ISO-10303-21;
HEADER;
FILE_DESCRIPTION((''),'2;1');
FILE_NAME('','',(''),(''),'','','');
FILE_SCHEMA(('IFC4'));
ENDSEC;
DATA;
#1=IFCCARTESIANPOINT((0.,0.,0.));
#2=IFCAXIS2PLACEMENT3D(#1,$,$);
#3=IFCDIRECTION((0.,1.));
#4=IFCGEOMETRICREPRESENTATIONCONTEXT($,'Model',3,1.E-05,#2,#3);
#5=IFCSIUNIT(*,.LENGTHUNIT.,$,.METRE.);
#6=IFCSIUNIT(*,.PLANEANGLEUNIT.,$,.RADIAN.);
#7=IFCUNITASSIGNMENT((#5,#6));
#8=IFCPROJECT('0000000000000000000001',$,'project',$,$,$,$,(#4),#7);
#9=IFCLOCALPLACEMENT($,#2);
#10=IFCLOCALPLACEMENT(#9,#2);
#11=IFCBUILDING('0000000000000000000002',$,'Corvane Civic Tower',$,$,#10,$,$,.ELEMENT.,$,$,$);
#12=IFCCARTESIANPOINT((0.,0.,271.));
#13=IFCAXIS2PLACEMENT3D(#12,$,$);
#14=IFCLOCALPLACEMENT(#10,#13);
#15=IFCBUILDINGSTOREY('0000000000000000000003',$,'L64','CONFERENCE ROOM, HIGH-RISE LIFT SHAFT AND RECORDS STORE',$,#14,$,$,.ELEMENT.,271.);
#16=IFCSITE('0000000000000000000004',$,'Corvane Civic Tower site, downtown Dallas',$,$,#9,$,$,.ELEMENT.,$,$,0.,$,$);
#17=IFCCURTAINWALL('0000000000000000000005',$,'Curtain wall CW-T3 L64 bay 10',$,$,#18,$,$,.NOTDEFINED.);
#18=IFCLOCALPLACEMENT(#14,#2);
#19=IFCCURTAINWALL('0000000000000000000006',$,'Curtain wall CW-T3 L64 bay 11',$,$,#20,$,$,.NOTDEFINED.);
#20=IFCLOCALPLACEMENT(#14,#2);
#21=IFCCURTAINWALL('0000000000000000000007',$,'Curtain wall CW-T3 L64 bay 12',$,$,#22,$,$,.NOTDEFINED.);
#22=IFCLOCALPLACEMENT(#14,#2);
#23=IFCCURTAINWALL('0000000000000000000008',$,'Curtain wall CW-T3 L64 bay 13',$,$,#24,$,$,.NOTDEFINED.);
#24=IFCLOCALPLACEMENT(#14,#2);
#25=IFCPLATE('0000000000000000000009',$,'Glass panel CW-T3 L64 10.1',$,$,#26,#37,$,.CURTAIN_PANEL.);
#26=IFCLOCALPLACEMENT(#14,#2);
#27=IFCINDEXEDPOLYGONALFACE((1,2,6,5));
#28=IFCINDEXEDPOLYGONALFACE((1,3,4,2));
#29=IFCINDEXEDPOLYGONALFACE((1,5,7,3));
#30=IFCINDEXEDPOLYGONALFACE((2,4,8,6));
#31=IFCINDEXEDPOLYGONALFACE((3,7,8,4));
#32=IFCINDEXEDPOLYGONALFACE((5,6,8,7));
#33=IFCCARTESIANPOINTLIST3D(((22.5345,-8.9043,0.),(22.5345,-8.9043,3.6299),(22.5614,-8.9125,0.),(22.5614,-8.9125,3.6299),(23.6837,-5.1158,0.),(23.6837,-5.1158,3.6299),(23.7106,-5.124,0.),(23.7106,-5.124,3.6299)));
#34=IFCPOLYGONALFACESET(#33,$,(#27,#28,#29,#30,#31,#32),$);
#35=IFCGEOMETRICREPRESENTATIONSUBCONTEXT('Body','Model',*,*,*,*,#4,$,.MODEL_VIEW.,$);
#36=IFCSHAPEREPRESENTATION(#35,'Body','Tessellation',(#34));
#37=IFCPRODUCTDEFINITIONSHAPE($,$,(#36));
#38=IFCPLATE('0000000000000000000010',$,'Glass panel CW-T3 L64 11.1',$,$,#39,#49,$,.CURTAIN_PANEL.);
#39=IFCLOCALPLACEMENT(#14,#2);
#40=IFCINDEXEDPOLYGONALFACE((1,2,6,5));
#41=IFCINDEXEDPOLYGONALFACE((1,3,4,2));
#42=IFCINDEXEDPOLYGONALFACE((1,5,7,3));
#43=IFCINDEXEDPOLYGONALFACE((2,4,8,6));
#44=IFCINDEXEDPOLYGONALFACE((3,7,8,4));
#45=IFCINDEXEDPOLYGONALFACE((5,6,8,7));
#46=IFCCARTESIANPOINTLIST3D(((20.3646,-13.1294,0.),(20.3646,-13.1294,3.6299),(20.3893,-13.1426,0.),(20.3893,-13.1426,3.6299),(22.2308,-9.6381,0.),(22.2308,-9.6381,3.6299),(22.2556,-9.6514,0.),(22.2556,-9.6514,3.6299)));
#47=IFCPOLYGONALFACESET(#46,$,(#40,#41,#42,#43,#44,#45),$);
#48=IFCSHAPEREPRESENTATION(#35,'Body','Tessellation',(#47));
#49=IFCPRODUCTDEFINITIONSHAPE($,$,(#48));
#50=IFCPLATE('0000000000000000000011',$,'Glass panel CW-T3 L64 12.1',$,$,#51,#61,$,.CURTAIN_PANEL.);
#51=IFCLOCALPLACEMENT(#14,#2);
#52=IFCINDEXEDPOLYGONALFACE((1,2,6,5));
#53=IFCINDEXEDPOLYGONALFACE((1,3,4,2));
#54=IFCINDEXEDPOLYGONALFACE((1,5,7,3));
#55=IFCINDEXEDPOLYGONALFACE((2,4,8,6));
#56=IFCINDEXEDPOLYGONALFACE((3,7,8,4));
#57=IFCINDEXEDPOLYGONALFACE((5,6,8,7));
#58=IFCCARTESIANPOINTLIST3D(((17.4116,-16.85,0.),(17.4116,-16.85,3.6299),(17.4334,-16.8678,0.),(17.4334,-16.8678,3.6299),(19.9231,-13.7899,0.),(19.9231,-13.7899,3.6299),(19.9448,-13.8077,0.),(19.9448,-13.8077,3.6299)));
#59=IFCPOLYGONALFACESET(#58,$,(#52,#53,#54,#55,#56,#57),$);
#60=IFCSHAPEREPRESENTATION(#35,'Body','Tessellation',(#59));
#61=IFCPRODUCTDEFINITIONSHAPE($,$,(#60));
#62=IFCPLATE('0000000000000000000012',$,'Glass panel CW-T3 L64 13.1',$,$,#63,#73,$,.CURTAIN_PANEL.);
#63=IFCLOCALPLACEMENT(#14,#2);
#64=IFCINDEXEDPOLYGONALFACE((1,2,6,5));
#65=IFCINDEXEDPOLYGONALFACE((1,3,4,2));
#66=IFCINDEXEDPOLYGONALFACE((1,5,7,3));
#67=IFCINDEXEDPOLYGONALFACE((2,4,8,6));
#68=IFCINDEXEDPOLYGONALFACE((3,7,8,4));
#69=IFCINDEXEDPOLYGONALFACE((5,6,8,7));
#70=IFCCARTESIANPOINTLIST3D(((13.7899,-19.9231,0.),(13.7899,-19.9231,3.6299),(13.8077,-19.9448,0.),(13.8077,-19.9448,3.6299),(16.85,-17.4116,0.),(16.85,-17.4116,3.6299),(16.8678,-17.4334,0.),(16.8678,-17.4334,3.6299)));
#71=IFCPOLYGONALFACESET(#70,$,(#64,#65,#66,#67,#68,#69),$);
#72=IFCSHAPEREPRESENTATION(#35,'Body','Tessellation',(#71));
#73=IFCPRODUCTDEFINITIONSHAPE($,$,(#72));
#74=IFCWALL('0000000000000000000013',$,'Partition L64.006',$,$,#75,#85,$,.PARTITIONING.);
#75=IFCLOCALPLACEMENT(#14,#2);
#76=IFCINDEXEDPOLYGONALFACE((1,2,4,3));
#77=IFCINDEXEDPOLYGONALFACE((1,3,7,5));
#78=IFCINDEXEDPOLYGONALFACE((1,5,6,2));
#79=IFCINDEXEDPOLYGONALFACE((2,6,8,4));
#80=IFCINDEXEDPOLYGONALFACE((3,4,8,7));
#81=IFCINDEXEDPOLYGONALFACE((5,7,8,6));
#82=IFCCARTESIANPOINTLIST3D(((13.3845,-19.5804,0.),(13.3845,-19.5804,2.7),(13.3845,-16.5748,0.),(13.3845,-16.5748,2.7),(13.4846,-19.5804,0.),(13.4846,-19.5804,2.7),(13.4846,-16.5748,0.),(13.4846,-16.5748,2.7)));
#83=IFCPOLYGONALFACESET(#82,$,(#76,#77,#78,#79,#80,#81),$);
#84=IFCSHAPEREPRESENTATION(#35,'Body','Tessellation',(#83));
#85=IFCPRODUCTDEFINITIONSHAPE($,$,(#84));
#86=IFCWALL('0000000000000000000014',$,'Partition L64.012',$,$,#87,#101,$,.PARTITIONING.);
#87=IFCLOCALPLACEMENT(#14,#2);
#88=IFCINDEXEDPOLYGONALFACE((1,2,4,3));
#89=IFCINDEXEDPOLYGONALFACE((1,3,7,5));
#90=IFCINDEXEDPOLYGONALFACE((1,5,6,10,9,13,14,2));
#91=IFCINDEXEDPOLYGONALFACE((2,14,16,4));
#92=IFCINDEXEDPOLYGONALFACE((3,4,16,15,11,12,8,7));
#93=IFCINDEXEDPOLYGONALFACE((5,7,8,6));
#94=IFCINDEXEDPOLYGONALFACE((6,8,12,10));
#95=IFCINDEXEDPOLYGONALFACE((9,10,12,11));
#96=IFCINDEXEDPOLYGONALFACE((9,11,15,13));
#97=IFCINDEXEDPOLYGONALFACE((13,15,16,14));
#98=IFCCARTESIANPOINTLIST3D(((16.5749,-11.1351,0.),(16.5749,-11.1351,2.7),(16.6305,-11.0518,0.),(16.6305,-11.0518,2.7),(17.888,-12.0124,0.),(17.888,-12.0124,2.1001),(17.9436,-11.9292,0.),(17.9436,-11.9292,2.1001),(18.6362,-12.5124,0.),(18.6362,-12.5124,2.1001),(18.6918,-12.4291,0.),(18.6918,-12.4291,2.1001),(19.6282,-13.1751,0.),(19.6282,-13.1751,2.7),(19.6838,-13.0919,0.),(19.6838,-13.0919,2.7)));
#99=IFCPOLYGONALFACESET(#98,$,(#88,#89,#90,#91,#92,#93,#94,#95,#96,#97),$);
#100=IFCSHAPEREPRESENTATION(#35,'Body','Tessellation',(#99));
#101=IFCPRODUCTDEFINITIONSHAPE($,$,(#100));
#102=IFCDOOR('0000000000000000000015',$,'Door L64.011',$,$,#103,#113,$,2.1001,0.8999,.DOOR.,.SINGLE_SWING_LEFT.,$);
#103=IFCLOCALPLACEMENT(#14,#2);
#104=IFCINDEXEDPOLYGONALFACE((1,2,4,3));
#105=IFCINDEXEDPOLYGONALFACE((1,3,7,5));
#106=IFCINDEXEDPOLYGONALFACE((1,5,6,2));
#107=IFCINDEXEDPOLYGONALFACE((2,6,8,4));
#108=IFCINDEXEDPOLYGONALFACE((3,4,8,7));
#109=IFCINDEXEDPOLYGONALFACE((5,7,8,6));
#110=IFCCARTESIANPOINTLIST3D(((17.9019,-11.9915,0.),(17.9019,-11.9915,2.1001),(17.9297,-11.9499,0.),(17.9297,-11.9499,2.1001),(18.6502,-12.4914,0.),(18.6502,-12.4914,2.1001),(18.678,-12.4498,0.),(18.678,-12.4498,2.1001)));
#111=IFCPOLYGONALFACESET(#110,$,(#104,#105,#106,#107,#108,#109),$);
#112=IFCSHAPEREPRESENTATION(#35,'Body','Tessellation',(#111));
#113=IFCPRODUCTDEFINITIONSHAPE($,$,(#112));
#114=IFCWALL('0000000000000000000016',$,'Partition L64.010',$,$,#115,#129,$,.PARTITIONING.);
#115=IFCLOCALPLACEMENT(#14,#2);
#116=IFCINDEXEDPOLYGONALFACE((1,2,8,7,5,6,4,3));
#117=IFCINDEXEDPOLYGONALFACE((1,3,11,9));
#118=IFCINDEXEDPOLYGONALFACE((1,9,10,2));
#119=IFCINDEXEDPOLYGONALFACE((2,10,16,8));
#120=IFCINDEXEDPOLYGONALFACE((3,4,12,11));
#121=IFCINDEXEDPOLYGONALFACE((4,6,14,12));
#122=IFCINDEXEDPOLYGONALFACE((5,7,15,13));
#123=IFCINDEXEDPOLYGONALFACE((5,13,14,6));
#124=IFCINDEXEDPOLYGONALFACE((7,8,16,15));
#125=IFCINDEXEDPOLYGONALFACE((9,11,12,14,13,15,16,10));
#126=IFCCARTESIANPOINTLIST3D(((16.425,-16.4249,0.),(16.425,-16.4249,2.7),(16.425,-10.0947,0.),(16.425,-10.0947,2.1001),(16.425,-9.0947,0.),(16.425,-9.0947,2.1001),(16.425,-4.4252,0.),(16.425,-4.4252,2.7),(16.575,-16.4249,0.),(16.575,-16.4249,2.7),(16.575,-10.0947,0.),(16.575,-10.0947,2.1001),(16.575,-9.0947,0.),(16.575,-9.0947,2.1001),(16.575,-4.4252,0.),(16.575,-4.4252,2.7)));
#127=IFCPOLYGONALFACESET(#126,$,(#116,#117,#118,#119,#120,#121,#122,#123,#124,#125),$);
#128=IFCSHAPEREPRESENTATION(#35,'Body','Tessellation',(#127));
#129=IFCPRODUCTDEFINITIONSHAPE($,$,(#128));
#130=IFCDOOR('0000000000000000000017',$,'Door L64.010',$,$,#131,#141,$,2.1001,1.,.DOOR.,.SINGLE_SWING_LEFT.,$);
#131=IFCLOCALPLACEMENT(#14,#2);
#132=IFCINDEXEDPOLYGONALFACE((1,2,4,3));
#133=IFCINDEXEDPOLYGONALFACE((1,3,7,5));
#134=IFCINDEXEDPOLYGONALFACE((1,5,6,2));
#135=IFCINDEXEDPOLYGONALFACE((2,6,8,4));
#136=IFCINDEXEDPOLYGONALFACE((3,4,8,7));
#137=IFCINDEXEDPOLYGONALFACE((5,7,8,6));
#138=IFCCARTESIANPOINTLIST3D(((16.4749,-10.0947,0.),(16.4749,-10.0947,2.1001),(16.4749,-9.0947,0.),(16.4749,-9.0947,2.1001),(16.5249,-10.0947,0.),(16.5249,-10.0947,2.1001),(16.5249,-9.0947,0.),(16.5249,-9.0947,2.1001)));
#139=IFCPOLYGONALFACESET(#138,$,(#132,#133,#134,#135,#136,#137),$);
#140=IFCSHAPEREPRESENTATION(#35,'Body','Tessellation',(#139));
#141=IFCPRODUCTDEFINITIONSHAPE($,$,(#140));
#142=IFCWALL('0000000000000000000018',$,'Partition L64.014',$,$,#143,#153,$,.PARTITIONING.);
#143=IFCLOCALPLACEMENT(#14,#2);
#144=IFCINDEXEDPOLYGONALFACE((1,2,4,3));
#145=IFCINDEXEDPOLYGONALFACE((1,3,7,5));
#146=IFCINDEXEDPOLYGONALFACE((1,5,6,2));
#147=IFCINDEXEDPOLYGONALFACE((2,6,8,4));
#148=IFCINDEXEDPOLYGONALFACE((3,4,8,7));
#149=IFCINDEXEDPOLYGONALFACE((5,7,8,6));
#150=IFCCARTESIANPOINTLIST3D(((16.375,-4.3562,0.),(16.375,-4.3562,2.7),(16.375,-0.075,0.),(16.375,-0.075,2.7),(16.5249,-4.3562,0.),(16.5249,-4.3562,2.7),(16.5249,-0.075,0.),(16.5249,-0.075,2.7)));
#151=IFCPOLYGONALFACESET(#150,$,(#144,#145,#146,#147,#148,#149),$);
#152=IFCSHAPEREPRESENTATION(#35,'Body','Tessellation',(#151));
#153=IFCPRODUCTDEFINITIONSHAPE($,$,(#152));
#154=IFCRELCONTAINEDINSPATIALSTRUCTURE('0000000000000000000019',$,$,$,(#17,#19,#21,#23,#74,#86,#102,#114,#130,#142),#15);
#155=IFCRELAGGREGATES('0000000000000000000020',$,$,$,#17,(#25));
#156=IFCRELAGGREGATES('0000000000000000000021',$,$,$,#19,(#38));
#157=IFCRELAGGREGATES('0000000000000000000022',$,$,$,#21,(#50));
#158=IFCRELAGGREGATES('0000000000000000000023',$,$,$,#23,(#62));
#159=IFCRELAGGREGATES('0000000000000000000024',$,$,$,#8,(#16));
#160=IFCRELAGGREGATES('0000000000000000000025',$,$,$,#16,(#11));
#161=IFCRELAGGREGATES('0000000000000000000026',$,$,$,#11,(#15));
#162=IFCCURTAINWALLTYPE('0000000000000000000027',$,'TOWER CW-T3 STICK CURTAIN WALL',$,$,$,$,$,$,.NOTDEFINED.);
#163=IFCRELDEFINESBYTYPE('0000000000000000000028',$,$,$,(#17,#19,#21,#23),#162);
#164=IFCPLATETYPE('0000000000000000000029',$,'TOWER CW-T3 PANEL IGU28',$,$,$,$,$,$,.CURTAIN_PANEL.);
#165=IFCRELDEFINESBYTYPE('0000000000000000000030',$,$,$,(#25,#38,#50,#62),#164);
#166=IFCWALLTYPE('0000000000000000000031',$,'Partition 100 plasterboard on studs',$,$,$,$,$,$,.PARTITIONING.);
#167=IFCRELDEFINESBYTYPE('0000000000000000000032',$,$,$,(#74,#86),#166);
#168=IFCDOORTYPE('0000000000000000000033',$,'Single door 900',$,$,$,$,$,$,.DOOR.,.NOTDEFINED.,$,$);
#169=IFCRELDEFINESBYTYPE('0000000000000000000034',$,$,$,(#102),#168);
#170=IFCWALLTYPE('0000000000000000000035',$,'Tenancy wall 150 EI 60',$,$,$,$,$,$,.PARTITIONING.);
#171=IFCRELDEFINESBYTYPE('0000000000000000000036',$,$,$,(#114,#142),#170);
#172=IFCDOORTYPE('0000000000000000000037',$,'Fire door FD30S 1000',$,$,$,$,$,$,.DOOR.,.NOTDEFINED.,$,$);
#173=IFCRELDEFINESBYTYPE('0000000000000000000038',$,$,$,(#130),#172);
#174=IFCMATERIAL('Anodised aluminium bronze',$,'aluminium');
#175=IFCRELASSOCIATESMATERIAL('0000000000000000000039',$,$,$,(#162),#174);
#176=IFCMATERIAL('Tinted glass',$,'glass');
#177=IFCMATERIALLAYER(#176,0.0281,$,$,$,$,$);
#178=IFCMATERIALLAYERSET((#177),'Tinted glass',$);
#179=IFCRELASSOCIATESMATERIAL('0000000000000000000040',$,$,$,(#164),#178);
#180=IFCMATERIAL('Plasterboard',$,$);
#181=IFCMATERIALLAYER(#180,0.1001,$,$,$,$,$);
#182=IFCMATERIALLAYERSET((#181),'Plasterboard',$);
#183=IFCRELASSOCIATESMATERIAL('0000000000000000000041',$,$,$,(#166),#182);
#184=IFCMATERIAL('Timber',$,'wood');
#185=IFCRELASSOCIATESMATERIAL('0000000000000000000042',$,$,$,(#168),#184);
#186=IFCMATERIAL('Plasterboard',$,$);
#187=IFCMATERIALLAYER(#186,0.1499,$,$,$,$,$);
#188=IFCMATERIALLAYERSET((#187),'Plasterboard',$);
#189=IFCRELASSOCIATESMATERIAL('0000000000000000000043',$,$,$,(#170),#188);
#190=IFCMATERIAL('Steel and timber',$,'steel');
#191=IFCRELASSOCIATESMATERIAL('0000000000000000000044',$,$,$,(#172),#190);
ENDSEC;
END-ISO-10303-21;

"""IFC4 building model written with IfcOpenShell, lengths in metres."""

from ifc_helpers import new_model, si_unit, direction, frame, frame_2d, origin, origin_2d, place, context, subcontext, project, spatial, rectangle, extrude, material, layer, layer_set, type_object, element, fill, aggregate, save


model = new_model("IFC4")

# Units and contexts
model_context = context("Model", 3, precision=1e-05, world=origin(), true_north=direction((0.0, 1.0)))
body_context = subcontext(model_context, "Body", "Model", "MODEL_VIEW")
ifc_project = project(units=[si_unit("LENGTHUNIT", "METRE"), si_unit("PLANEANGLEUNIT", "RADIAN")], contexts=[model_context])

# Site, building, storey
site_placement = place(None, origin())
site = spatial("IfcSite", under=ifc_project, at=site_placement, Name="Corvane Civic Tower site, downtown Dallas", CompositionType="ELEMENT", RefElevation=0.0)
building_placement = place(site_placement, origin())
building = spatial("IfcBuilding", under=site, at=building_placement, Name="Corvane Civic Tower", CompositionType="ELEMENT")
storey_placement = place(building_placement, frame((0.0, 0.0, 271.0)))
storey = spatial("IfcBuildingStorey", under=building, at=storey_placement, Name="L64", Description="CONFERENCE ROOM, HIGH-RISE LIFT SHAFT AND RECORDS STORE", CompositionType="ELEMENT", Elevation=271.0)

# Curtain walls
ifc_material_1 = material(Name="Anodised aluminium bronze", Category="aluminium")
curtain_wall_type = type_object("IfcCurtainWallType", Name="TOWER CW-T3 STICK CURTAIN WALL", PredefinedType="NOTDEFINED", material=ifc_material_1)
curtain_wall_1_placement = place(storey_placement, origin())
curtain_wall_1 = element("IfcCurtainWall", 1, at=curtain_wall_1_placement, inside=storey, type_object=curtain_wall_type, Name="Curtain wall CW-T3 L64 bay 10", PredefinedType="NOTDEFINED")
curtain_wall_2_placement = place(storey_placement, origin())
curtain_wall_2 = element("IfcCurtainWall", 2, at=curtain_wall_2_placement, inside=storey, type_object=curtain_wall_type, Name="Curtain wall CW-T3 L64 bay 11", PredefinedType="NOTDEFINED")
curtain_wall_3_placement = place(storey_placement, origin())
curtain_wall_3 = element("IfcCurtainWall", 3, at=curtain_wall_3_placement, inside=storey, type_object=curtain_wall_type, Name="Curtain wall CW-T3 L64 bay 12", PredefinedType="NOTDEFINED")
curtain_wall_4_placement = place(storey_placement, origin())
curtain_wall_4 = element("IfcCurtainWall", 4, at=curtain_wall_4_placement, inside=storey, type_object=curtain_wall_type, Name="Curtain wall CW-T3 L64 bay 13", PredefinedType="NOTDEFINED")

# Plates
ifc_material_2 = material(Name="Tinted glass", Category="glass")
ifc_layer_1 = layer(ifc_material_2, 0.0281)
ifc_layer_set_1 = layer_set([ifc_layer_1], Name="Tinted glass")
plate_type = type_object("IfcPlateType", Name="TOWER CW-T3 PANEL IGU28", PredefinedType="CURTAIN_PANEL", material=ifc_layer_set_1)
plate_1_placement = place(storey_placement, frame((23.1226, -7.0142, 0.0), z_axis=(0.0, 0.0, 1.0), x_axis=(-0.290274, -0.956944, 0.0)))
plate_1 = element("IfcPlate", 5, at=plate_1_placement, type_object=plate_type, Name="Glass panel CW-T3 L64 10.1", PredefinedType="CURTAIN_PANEL", context=body_context, shape_type="SweptSolid", body=[
    extrude(rectangle(XDim=3.959, YDim=0.0281, at=origin_2d()), origin(), (0.0, 0.0, 1.0), 3.6299),
])
aggregate(curtain_wall_1, [plate_1])
plate_2_placement = place(storey_placement, frame((21.3101, -11.3904, 0.0), z_axis=(0.0, 0.0, 1.0), x_axis=(-0.471421, -0.881908, 0.0)))
plate_2 = element("IfcPlate", 6, at=plate_2_placement, type_object=plate_type, Name="Glass panel CW-T3 L64 11.1", PredefinedType="CURTAIN_PANEL", context=body_context, shape_type="SweptSolid", body=[
    extrude(rectangle(XDim=3.9587, YDim=0.0281, at=origin_2d()), origin(), (0.0, 0.0, 1.0), 3.6299),
])
aggregate(curtain_wall_2, [plate_2])
plate_3_placement = place(storey_placement, frame((18.6782, -15.3289, 0.0), z_axis=(0.0, 0.0, 1.0), x_axis=(-0.634405, -0.773001, 0.0)))
plate_3 = element("IfcPlate", 7, at=plate_3_placement, type_object=plate_type, Name="Glass panel CW-T3 L64 12.1", PredefinedType="CURTAIN_PANEL", context=body_context, shape_type="SweptSolid", body=[
    extrude(rectangle(XDim=3.9587, YDim=0.0281, at=origin_2d()), origin(), (0.0, 0.0, 1.0), 3.6299),
])
aggregate(curtain_wall_3, [plate_3])
plate_4_placement = place(storey_placement, frame((15.3289, -18.6782, 0.0), z_axis=(0.0, 0.0, 1.0), x_axis=(-0.773001, -0.634405, 0.0)))
plate_4 = element("IfcPlate", 8, at=plate_4_placement, type_object=plate_type, Name="Glass panel CW-T3 L64 13.1", PredefinedType="CURTAIN_PANEL", context=body_context, shape_type="SweptSolid", body=[
    extrude(rectangle(XDim=3.9587, YDim=0.0281, at=origin_2d()), origin(), (0.0, 0.0, 1.0), 3.6299),
])
aggregate(curtain_wall_4, [plate_4])

# Wall
ifc_material_3 = material(Name="Plasterboard")
ifc_layer_2 = layer(ifc_material_3, 0.1001)
ifc_layer_set_2 = layer_set([ifc_layer_2], Name="Plasterboard")
wall_type_1 = type_object("IfcWallType", Name="Partition 100 plasterboard on studs", PredefinedType="PARTITIONING", material=ifc_layer_set_2)
wall_1_placement = place(storey_placement, frame((13.4346, -19.5806, 0.0), z_axis=(0.0, 0.0, 1.0), x_axis=(0.0, 1.0, 0.0)))
element("IfcWall", 9, at=wall_1_placement, inside=storey, type_object=wall_type_1, Name="Partition L64.006", PredefinedType="PARTITIONING", context=body_context, shape_type="SweptSolid", body=[
    extrude(rectangle(XDim=3.0056, YDim=0.1001, at=frame_2d((1.5029, 0.0))), origin(), (0.0, 0.0, 1.0), 2.7),
])

# Walls, openings, doors
wall_2_placement = place(storey_placement, frame((16.6028, -11.0935, 0.0), z_axis=(0.0, 0.0, 1.0), x_axis=(0.831477, -0.555559, 0.0)))
wall_2 = element("IfcWall", 10, at=wall_2_placement, inside=storey, type_object=wall_type_1, Name="Partition L64.012", PredefinedType="PARTITIONING", context=body_context, shape_type="SweptSolid", body=[
    extrude(rectangle(XDim=3.6721, YDim=0.1001, at=frame_2d((1.8359, 0.0))), origin(), (0.0, 0.0, 1.0), 2.7),
])
opening_1_placement = place(wall_2_placement, frame((1.5791, 0.0, 0.0)))
opening_1 = element("IfcOpeningElement", 11, at=opening_1_placement, cuts=wall_2, PredefinedType="OPENING", context=body_context, shape_type="SweptSolid", body=[
    extrude(rectangle(XDim=0.8999, YDim=2.1001, at=frame_2d((0.45, 1.05))), frame((0.0, 0.0601, 0.0), z_axis=(0.0, -1.0, 0.0), x_axis=(1.0, 0.0, 0.0)), (0.0, 0.0, 1.0), 0.1201),
])
ifc_material_4 = material(Name="Timber", Category="wood")
door_type_1 = type_object("IfcDoorType", Name="Single door 900", OperationType="NOTDEFINED", PredefinedType="DOOR", material=ifc_material_4)
door_1_placement = place(opening_1_placement, frame((0.8999, 0.0, 0.0), z_axis=(0.0, 0.0, 1.0), x_axis=(-1.0, 0.0, 0.0)))
door_1 = element("IfcDoor", 12, at=door_1_placement, inside=storey, type_object=door_type_1, Name="Door L64.011", OperationType="SINGLE_SWING_LEFT", OverallHeight=2.1001, OverallWidth=0.8999, PredefinedType="DOOR", context=body_context, shape_type="SweptSolid", body=[
    extrude(rectangle(XDim=0.8999, YDim=2.1001, at=frame_2d((0.45, 1.05))), frame((0.0, 0.0249, 0.0), z_axis=(0.0, -1.0, 0.0), x_axis=(1.0, 0.0, 0.0)), (0.0, 0.0, 1.0), 0.05),
])
fill(opening_1, door_1)
ifc_material_5 = material(Name="Plasterboard")
ifc_layer_3 = layer(ifc_material_5, 0.1499)
ifc_layer_set_3 = layer_set([ifc_layer_3], Name="Plasterboard")
wall_type_2 = type_object("IfcWallType", Name="Tenancy wall 150 EI 60", PredefinedType="PARTITIONING", material=ifc_layer_set_3)
wall_3_placement = place(storey_placement, frame((16.5, -16.425, 0.0), z_axis=(0.0, 0.0, 1.0), x_axis=(0.0, 1.0, 0.0)))
wall_3 = element("IfcWall", 13, at=wall_3_placement, inside=storey, type_object=wall_type_2, Name="Partition L64.010", PredefinedType="PARTITIONING", context=body_context, shape_type="SweptSolid", body=[
    extrude(rectangle(XDim=11.9998, YDim=0.1499, at=frame_2d((6.0, 0.0))), origin(), (0.0, 0.0, 1.0), 2.7),
])
opening_2_placement = place(wall_3_placement, frame((6.3303, 0.0, 0.0)))
opening_2 = element("IfcOpeningElement", 14, at=opening_2_placement, cuts=wall_3, PredefinedType="OPENING", context=body_context, shape_type="SweptSolid", body=[
    extrude(rectangle(XDim=1.0, YDim=2.1001, at=frame_2d((0.5, 1.05))), frame((0.0, 0.085, 0.0), z_axis=(0.0, -1.0, 0.0), x_axis=(1.0, 0.0, 0.0)), (0.0, 0.0, 1.0), 0.1699),
])
ifc_material_6 = material(Name="Steel and timber", Category="steel")
door_type_2 = type_object("IfcDoorType", Name="Fire door FD30S 1000", OperationType="NOTDEFINED", PredefinedType="DOOR", material=ifc_material_6)
door_2_placement = place(opening_2_placement, frame((1.0, 0.0, 0.0), z_axis=(0.0, 0.0, 1.0), x_axis=(-1.0, 0.0, 0.0)))
door_2 = element("IfcDoor", 15, at=door_2_placement, inside=storey, type_object=door_type_2, Name="Door L64.010", OperationType="SINGLE_SWING_LEFT", OverallHeight=2.1001, OverallWidth=1.0, PredefinedType="DOOR", context=body_context, shape_type="SweptSolid", body=[
    extrude(rectangle(XDim=1.0, YDim=2.1001, at=frame_2d((0.5, 1.05))), frame((0.0, 0.0249, 0.0), z_axis=(0.0, -1.0, 0.0), x_axis=(1.0, 0.0, 0.0)), (0.0, 0.0, 1.0), 0.05),
])
fill(opening_2, door_2)

# Wall
wall_4_placement = place(storey_placement, frame((16.45, -4.3562, 0.0), z_axis=(0.0, 0.0, 1.0), x_axis=(0.0, 1.0, 0.0)))
element("IfcWall", 16, at=wall_4_placement, inside=storey, type_object=wall_type_2, Name="Partition L64.014", PredefinedType="PARTITIONING", context=body_context, shape_type="SweptSolid", body=[
    extrude(rectangle(XDim=4.2812, YDim=0.1499, at=frame_2d((2.1406, 0.0))), origin(), (0.0, 0.0, 1.0), 2.7),
])

save(model, "model.ifc")
